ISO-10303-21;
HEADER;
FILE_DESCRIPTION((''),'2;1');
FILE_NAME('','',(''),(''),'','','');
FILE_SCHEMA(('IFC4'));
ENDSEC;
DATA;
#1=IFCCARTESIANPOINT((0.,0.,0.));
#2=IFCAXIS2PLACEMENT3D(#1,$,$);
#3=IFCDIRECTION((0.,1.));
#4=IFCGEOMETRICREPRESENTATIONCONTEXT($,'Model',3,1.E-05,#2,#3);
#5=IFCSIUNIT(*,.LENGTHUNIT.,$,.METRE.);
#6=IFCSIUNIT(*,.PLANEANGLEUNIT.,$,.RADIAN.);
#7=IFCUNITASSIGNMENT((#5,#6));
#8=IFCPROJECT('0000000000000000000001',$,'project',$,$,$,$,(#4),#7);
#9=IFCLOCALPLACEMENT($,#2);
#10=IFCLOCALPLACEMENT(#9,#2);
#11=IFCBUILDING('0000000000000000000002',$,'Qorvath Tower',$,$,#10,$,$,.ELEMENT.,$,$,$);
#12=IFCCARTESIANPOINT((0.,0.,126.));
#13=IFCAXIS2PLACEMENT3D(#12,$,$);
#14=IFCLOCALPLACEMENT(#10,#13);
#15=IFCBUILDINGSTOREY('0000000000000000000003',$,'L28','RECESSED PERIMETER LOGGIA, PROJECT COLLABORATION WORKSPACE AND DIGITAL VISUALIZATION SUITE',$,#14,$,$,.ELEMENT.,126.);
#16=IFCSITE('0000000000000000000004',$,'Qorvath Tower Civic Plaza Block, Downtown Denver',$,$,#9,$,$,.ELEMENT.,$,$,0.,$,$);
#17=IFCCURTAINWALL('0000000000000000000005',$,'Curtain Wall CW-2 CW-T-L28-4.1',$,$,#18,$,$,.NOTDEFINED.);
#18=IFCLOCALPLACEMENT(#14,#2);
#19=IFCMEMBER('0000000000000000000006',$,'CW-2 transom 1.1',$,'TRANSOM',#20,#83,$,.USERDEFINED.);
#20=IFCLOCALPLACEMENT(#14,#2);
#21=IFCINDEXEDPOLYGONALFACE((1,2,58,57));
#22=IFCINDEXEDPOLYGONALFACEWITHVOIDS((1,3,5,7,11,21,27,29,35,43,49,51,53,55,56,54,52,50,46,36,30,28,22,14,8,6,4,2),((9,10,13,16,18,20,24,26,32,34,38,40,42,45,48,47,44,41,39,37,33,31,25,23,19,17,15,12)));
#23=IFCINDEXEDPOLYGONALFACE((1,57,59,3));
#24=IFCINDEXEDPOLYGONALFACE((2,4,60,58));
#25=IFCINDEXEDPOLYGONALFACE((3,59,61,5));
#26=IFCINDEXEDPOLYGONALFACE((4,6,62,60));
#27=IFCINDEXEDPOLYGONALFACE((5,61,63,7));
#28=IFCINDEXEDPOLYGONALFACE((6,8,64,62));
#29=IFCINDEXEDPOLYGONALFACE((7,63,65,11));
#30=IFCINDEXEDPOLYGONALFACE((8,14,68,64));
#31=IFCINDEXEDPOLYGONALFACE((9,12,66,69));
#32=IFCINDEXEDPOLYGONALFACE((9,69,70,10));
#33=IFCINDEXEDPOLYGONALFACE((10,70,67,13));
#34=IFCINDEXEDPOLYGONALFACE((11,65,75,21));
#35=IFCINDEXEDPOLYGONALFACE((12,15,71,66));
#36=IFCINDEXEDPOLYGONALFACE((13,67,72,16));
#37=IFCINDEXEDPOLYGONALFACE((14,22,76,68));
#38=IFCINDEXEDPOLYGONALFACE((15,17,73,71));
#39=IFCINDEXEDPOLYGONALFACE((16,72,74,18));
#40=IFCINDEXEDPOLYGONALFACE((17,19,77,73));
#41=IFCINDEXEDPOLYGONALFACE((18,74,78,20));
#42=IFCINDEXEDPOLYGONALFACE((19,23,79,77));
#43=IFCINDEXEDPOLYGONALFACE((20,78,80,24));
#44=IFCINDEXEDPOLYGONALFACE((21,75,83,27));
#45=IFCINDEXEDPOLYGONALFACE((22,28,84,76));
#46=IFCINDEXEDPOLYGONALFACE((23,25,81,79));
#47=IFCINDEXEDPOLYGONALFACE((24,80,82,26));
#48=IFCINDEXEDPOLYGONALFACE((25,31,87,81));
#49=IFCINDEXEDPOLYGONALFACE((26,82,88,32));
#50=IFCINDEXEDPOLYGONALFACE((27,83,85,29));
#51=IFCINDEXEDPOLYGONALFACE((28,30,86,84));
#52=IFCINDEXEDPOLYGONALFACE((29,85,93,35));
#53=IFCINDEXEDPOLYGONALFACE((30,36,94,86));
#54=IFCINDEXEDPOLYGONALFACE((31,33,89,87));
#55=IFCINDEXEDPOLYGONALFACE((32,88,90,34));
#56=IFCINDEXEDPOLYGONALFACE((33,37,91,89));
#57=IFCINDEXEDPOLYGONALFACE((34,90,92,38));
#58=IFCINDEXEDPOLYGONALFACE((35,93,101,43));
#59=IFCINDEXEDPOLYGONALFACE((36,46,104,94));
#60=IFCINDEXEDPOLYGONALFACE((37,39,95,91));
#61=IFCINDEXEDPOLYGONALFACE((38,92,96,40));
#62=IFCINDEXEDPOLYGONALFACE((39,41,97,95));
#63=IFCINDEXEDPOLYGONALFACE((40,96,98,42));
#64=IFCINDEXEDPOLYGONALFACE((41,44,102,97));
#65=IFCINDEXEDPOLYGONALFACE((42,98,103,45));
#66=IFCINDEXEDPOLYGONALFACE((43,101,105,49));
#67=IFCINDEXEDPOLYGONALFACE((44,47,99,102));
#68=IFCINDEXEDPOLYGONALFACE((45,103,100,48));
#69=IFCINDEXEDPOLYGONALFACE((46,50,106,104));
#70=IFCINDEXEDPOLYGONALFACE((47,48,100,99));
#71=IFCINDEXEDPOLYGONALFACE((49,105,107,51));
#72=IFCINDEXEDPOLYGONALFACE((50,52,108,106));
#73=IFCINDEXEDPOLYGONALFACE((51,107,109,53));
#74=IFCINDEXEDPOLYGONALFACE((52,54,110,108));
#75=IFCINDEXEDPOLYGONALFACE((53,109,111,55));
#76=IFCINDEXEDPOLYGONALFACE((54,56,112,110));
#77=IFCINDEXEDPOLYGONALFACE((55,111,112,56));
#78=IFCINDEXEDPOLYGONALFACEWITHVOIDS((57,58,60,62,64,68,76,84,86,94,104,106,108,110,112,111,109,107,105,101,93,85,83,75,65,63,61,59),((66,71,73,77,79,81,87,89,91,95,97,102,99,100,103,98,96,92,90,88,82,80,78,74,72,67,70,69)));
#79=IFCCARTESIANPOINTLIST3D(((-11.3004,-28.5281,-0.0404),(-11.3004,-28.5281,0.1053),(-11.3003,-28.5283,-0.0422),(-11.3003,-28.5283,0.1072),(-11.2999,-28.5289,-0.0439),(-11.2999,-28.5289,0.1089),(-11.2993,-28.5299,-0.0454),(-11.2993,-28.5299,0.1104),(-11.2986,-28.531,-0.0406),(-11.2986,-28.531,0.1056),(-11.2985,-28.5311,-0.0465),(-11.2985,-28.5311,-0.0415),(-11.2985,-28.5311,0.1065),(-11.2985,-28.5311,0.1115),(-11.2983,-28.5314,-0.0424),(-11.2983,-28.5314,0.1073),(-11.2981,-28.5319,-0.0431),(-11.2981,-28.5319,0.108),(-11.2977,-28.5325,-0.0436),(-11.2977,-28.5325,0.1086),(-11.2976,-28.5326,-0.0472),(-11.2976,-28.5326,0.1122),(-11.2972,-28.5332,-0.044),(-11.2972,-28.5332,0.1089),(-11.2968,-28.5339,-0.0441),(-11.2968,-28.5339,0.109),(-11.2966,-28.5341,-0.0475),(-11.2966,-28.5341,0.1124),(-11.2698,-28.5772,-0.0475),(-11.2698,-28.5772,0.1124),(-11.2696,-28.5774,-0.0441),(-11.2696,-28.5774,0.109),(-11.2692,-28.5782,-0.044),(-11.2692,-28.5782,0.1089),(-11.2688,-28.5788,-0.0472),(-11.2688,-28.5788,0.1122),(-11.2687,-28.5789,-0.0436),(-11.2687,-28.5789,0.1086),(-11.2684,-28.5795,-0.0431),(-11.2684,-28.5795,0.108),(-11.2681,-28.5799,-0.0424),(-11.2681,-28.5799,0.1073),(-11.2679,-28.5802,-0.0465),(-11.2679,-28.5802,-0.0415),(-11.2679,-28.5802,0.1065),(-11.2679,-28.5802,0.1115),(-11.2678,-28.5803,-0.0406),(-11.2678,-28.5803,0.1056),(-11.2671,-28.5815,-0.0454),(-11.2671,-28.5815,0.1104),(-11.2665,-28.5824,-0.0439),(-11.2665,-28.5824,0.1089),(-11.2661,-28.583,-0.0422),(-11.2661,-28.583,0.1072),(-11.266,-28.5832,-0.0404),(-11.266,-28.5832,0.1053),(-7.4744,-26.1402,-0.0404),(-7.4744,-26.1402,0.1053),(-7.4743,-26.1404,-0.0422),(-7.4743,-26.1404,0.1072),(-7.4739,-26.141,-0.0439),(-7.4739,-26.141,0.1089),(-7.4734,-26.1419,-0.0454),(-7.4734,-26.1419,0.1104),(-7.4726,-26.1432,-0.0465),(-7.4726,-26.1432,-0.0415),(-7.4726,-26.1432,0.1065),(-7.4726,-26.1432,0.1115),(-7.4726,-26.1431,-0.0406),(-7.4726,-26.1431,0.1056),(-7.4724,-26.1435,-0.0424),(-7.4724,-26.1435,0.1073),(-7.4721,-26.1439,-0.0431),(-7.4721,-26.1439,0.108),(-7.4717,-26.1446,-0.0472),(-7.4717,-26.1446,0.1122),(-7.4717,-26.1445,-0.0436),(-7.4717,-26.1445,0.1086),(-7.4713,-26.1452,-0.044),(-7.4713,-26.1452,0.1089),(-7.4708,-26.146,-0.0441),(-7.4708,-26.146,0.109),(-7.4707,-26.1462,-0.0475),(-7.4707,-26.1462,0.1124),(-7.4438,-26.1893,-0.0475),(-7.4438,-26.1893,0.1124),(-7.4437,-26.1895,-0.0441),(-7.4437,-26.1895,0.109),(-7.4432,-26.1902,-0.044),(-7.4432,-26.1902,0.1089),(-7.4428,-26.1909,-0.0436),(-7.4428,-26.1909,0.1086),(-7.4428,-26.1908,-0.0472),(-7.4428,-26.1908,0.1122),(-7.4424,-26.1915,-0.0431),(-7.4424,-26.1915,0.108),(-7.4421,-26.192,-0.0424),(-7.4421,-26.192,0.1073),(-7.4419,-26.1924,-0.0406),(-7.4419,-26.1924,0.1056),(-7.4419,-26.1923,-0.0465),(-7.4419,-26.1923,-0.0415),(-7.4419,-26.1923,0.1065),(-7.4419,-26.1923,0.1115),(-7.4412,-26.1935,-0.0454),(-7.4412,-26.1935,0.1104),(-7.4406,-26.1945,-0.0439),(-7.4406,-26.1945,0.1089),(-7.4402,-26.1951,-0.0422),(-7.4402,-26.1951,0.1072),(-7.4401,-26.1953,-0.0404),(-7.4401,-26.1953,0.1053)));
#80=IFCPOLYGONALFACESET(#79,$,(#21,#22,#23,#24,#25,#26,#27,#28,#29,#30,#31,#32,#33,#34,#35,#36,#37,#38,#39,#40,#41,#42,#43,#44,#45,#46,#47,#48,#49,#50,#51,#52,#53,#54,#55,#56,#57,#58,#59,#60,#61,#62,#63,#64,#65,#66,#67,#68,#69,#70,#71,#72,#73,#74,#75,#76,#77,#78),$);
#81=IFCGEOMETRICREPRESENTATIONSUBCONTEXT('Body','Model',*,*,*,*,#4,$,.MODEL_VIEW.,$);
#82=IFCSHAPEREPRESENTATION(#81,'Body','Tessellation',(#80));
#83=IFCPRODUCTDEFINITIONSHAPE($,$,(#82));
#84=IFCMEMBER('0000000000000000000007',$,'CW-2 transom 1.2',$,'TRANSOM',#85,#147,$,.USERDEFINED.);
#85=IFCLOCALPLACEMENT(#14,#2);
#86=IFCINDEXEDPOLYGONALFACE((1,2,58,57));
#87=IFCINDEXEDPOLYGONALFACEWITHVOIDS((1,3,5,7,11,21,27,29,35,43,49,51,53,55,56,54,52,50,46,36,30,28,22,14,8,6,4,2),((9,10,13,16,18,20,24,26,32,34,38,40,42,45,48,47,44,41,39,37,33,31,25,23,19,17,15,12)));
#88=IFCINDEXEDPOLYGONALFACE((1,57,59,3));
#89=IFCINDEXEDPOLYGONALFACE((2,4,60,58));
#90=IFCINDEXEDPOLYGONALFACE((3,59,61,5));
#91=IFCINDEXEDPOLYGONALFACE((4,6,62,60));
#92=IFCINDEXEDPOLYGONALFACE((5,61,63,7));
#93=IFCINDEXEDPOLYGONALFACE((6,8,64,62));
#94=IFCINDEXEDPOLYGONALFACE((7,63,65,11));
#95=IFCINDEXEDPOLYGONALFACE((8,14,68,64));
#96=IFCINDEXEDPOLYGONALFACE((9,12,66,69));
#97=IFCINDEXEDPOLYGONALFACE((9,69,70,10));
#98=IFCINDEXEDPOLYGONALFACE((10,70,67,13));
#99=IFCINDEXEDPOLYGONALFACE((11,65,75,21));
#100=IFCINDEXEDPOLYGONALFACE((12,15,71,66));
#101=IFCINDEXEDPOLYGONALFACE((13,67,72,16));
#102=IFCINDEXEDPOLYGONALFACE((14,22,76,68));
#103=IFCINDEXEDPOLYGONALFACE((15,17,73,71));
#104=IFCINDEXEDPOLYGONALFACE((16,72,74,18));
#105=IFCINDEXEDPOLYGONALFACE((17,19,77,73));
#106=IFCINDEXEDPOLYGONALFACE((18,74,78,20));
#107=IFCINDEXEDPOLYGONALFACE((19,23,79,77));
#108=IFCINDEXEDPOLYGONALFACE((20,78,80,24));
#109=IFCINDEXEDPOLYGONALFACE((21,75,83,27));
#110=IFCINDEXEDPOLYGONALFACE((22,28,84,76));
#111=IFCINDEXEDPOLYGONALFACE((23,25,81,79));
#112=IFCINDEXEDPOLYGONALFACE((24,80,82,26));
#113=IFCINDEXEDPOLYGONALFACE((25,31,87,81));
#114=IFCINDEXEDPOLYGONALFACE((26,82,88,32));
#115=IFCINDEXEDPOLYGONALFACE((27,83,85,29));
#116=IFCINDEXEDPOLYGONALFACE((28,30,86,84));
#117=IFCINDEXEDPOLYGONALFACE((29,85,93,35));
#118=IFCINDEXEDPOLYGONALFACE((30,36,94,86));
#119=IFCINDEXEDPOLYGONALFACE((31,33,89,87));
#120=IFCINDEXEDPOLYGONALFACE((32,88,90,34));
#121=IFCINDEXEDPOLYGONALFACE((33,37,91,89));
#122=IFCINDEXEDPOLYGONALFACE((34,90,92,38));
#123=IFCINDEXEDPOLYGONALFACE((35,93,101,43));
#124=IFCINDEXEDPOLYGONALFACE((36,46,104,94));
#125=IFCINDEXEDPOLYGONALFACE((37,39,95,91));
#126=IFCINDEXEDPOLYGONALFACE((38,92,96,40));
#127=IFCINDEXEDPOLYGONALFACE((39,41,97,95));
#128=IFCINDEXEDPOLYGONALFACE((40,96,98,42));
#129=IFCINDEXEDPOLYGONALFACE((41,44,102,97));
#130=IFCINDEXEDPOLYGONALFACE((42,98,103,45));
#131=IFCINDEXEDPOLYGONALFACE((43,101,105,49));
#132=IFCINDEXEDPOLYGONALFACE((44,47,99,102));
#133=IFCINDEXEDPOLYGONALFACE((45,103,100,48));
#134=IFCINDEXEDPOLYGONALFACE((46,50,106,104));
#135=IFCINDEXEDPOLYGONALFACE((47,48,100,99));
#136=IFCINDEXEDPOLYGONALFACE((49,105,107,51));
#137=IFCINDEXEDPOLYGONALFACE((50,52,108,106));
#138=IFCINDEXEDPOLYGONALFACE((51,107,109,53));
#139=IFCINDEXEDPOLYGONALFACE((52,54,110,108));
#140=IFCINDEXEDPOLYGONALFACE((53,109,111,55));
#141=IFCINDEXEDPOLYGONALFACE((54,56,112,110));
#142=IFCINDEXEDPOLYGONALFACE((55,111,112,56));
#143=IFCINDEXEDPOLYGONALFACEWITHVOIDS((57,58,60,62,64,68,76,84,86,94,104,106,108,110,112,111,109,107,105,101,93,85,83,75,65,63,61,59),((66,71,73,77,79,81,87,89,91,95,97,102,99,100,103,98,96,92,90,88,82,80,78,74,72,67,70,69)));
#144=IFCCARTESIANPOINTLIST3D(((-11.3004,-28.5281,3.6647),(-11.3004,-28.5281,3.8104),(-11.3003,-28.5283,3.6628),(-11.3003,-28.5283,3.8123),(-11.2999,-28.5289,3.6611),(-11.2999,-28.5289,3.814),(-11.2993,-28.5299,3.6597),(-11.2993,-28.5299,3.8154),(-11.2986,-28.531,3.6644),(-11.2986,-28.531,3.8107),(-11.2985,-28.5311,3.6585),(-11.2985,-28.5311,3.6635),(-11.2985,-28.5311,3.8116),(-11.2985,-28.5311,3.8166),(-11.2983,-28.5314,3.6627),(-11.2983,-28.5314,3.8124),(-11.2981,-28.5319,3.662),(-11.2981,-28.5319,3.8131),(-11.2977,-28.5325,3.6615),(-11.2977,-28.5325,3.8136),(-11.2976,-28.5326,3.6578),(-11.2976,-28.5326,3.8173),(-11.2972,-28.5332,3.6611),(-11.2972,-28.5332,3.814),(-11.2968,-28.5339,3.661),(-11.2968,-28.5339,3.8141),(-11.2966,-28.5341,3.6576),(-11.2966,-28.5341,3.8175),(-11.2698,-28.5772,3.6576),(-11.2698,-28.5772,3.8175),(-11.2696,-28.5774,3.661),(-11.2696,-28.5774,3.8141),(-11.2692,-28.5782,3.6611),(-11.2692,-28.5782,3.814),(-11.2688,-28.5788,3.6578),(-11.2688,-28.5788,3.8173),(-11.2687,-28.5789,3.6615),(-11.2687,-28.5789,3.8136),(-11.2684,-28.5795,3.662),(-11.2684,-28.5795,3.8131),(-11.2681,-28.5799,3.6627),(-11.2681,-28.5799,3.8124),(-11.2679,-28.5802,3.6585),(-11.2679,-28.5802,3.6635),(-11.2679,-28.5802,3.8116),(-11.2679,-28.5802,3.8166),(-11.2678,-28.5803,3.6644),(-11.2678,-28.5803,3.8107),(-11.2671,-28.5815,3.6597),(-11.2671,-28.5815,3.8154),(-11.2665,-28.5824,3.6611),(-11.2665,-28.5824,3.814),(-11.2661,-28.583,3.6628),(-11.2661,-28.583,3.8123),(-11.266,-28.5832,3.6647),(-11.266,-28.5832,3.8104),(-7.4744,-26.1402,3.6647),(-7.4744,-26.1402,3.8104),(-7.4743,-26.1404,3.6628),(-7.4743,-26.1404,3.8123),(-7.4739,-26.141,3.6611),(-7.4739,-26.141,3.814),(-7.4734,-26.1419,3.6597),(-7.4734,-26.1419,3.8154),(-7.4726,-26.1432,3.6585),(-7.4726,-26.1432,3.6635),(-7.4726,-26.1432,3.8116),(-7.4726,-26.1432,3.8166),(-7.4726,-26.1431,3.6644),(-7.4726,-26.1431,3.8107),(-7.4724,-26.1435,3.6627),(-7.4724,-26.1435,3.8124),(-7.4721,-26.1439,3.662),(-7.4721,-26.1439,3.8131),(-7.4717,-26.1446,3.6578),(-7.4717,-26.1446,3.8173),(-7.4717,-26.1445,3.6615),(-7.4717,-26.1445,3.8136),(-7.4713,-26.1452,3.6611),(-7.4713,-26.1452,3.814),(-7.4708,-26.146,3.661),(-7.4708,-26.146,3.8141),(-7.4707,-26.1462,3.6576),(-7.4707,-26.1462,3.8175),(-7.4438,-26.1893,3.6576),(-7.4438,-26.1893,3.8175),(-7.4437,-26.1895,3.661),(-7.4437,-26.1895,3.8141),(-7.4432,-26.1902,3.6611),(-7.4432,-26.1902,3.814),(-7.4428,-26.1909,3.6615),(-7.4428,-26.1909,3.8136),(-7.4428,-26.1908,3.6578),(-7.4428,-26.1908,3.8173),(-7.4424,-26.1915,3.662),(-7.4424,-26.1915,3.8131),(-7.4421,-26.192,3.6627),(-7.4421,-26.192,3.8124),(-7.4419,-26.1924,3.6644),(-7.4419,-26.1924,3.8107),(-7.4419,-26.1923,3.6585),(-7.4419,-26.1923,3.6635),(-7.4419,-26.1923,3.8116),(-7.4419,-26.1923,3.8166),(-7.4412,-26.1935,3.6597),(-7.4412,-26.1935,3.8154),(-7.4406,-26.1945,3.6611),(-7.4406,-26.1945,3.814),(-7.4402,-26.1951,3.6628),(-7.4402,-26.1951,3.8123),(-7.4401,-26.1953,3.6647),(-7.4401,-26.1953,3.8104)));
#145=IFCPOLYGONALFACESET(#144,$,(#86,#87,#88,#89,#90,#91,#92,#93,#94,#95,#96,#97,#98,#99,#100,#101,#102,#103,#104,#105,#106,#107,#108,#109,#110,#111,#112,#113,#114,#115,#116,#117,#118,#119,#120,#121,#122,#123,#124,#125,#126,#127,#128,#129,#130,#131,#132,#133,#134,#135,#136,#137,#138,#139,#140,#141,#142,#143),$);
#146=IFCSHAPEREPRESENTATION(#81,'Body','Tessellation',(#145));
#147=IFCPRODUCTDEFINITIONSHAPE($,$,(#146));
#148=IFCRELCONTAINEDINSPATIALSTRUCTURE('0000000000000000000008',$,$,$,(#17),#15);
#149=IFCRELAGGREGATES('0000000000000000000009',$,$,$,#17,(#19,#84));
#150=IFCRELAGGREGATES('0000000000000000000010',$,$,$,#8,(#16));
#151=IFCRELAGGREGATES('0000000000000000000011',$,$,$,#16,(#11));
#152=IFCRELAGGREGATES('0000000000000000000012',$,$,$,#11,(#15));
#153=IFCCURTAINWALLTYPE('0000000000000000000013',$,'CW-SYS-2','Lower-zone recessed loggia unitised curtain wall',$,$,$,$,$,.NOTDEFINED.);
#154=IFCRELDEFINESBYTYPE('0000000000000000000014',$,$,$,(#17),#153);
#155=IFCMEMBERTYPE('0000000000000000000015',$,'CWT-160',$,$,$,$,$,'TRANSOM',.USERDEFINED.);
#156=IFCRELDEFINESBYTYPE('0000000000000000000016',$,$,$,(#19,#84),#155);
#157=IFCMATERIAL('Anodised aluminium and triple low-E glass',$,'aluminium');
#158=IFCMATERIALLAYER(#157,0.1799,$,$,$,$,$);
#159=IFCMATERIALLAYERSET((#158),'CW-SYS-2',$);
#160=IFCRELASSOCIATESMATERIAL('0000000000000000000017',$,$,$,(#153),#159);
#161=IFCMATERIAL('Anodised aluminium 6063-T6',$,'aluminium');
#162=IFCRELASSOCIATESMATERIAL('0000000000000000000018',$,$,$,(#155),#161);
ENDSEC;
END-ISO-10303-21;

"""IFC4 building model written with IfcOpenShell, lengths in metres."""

from ifc_helpers import new_model, si_unit, direction, frame, origin, origin_2d, place, context, subcontext, project, spatial, hollow_rectangle, extrude, material, layer, layer_set, material_profile, profile_set, type_object, element, aggregate, save


model = new_model("IFC4")

# Units and contexts
model_context = context("Model", 3, precision=1e-05, world=origin(), true_north=direction((0.0, 1.0)))
body_context = subcontext(model_context, "Body", "Model", "MODEL_VIEW")
ifc_project = project(units=[si_unit("LENGTHUNIT", "METRE"), si_unit("PLANEANGLEUNIT", "RADIAN")], contexts=[model_context])

# Site, building, storey
site_placement = place(None, origin())
site = spatial("IfcSite", under=ifc_project, at=site_placement, Name="Qorvath Tower Civic Plaza Block, Downtown Denver", CompositionType="ELEMENT", RefElevation=0.0)
building_placement = place(site_placement, origin())
building = spatial("IfcBuilding", under=site, at=building_placement, Name="Qorvath Tower", CompositionType="ELEMENT")
storey_placement = place(building_placement, frame((0.0, 0.0, 126.0)))
storey = spatial("IfcBuildingStorey", under=building, at=storey_placement, Name="L28", Description="RECESSED PERIMETER LOGGIA, PROJECT COLLABORATION WORKSPACE AND DIGITAL VISUALIZATION SUITE", CompositionType="ELEMENT", Elevation=126.0)

# Curtain wall
ifc_material_1 = material(Name="Anodised aluminium and triple low-E glass", Category="aluminium")
ifc_layer_1 = layer(ifc_material_1, 0.1799)
ifc_layer_set_1 = layer_set([ifc_layer_1], Name="CW-SYS-2")
curtain_wall_type = type_object("IfcCurtainWallType", Name="CW-SYS-2", Description="Lower-zone recessed loggia unitised curtain wall", PredefinedType="NOTDEFINED", material=ifc_layer_set_1)
curtain_wall_1_placement = place(storey_placement, origin())
curtain_wall_1 = element("IfcCurtainWall", 1, at=curtain_wall_1_placement, inside=storey, type_object=curtain_wall_type, Name="Curtain Wall CW-2 CW-T-L28-4.1", PredefinedType="NOTDEFINED")

# Members
ifc_material_2 = material(Name="Anodised aluminium 6063-T6", Category="aluminium")
ifc_material_profile_1 = material_profile(ifc_material_2, hollow_rectangle(XDim=0.0649, YDim=0.1599, WallThickness=0.0034, InnerFilletRadius=0.0034, OuterFilletRadius=0.0071, at=origin_2d()), Name="CWT 160x65")
ifc_profile_set_1 = profile_set([ifc_material_profile_1], Name="Anodised aluminium 6063-T6")
member_type_1 = type_object("IfcMemberType", Name="CWT-160", ElementType="TRANSOM", PredefinedType="USERDEFINED", material=ifc_profile_set_1)
member_1_placement = place(storey_placement, frame((-11.2832, -28.5557, 0.0325), z_axis=(0.848324, 0.529478, 0.0), x_axis=(-0.529478, 0.848324, 0.0)))
member_1 = element("IfcMember", 2, at=member_1_placement, type_object=member_type_1, Name="CW-2 transom 1.1", ObjectType="TRANSOM", PredefinedType="USERDEFINED", context=body_context, shape_type="SweptSolid", body=[
    extrude(hollow_rectangle(XDim=0.0649, YDim=0.1599, WallThickness=0.0034, InnerFilletRadius=0.0034, OuterFilletRadius=0.0071, at=origin_2d()), origin(), (0.0, 0.0, 1.0), 4.51),
])
member_2_placement = place(storey_placement, frame((-11.2832, -28.5557, 3.7375), z_axis=(0.848324, 0.529478, 0.0), x_axis=(-0.529478, 0.848324, 0.0)))
member_2 = element("IfcMember", 3, at=member_2_placement, type_object=member_type_1, Name="CW-2 transom 1.2", ObjectType="TRANSOM", PredefinedType="USERDEFINED", context=body_context, shape_type="SweptSolid", body=[
    extrude(hollow_rectangle(XDim=0.0649, YDim=0.1599, WallThickness=0.0034, InnerFilletRadius=0.0034, OuterFilletRadius=0.0071, at=origin_2d()), origin(), (0.0, 0.0, 1.0), 4.51),
])

aggregate(curtain_wall_1, [member_1, member_2])

save(model, "model.ifc")
